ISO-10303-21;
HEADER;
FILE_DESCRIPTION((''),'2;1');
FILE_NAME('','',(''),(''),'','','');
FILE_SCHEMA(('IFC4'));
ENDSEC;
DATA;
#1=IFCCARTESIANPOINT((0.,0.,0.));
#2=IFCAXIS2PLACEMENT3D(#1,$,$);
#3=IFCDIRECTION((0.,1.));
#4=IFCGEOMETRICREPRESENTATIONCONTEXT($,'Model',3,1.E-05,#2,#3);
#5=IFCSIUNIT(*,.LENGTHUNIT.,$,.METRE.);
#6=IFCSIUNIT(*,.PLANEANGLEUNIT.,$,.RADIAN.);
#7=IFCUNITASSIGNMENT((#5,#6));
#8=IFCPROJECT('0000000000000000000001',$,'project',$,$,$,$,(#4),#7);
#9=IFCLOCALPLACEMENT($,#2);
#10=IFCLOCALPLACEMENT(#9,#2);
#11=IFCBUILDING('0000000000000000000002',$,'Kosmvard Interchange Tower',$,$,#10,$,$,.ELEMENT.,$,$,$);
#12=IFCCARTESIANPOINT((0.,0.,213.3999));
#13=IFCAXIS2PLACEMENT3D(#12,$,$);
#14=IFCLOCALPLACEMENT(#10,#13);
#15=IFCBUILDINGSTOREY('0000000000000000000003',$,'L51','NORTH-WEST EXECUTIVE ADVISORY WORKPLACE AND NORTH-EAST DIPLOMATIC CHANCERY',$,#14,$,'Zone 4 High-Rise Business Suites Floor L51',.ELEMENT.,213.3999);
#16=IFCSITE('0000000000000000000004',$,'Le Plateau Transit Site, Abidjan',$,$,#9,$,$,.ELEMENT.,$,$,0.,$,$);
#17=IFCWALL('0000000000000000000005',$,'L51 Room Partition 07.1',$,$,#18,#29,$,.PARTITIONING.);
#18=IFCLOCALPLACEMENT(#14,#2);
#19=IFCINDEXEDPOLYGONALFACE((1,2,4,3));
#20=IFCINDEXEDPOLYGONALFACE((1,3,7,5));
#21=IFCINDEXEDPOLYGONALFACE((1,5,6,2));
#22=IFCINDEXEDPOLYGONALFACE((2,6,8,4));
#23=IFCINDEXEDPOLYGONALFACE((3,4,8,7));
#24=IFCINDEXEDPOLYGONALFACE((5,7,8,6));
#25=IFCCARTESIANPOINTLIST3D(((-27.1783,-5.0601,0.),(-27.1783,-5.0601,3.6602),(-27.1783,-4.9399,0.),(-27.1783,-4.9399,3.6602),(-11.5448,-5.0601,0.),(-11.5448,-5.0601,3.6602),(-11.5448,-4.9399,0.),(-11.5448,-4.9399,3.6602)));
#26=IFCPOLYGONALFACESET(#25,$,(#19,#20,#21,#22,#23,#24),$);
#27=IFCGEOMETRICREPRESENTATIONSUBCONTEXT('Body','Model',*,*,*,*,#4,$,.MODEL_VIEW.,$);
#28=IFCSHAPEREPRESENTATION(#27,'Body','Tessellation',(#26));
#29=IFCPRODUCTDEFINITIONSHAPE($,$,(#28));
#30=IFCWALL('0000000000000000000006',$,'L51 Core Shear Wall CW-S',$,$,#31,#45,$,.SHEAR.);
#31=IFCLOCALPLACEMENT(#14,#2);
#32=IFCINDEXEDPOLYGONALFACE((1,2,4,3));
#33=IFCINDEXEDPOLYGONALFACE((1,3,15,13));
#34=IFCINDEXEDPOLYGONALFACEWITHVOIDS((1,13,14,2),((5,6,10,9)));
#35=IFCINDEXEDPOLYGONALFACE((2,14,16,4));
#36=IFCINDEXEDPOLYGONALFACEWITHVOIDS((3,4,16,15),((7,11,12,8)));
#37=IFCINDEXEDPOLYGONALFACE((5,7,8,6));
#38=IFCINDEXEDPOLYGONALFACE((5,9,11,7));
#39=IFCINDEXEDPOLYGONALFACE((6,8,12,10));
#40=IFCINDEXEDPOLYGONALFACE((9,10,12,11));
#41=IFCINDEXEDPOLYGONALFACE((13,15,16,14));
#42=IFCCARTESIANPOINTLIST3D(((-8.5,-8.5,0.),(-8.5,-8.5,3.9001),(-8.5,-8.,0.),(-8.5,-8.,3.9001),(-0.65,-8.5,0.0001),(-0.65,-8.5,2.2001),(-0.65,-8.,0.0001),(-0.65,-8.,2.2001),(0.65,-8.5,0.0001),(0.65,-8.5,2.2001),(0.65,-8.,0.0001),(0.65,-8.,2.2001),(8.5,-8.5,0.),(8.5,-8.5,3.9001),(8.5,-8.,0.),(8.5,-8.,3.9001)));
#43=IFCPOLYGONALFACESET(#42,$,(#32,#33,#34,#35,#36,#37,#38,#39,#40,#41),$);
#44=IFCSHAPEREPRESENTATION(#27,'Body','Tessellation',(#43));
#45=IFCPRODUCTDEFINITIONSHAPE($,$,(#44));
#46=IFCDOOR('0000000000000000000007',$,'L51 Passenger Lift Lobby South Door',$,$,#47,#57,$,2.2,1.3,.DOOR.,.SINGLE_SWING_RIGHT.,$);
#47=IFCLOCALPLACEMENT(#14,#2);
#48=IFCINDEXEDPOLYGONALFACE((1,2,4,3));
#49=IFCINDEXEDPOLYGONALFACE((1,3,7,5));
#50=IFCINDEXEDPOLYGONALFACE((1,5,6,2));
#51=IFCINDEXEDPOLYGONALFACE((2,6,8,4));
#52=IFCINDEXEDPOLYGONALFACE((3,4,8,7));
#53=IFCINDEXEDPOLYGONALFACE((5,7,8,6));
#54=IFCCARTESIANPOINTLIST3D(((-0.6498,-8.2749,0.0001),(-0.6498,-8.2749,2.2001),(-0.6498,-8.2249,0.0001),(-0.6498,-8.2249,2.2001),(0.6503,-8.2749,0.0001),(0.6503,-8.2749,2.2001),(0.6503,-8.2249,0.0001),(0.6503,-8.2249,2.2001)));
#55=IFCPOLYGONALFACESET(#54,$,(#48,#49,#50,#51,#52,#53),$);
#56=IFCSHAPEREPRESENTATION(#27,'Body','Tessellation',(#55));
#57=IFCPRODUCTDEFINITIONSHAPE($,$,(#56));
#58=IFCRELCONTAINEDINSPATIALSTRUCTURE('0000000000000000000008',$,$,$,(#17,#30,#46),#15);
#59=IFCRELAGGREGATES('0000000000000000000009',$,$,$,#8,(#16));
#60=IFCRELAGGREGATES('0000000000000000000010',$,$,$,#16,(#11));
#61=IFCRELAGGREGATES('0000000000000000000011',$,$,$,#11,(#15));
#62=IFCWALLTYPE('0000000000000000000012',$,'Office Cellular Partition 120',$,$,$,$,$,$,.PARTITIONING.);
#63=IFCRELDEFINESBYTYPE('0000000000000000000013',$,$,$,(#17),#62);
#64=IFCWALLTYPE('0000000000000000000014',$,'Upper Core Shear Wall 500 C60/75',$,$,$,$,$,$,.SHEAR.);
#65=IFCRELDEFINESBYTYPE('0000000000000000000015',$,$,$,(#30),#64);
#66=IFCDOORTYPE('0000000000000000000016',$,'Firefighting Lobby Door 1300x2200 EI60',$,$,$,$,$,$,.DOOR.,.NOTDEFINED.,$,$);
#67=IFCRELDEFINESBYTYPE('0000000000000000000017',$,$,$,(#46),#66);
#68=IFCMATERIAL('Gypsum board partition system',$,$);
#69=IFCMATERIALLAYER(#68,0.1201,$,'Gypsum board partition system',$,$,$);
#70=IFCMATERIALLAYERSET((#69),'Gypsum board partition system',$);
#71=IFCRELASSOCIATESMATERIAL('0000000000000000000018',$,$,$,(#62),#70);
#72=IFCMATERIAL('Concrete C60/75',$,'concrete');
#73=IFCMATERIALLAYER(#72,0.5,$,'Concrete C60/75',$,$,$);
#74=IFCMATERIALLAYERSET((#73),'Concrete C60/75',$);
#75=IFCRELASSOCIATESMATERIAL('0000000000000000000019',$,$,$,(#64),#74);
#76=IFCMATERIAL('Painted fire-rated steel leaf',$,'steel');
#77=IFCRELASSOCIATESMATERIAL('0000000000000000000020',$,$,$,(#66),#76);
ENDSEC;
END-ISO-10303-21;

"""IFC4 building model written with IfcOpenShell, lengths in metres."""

from ifc_helpers import new_model, si_unit, direction, frame, frame_2d, origin, place, context, subcontext, project, spatial, rectangle, extrude, source, transform, mapped, material, layer, layer_set, type_object, element, fill, save


model = new_model("IFC4")

# Units and contexts
model_context = context("Model", 3, precision=1e-05, world=origin(), true_north=direction((0.0, 1.0)))
body_context = subcontext(model_context, "Body", "Model", "MODEL_VIEW")
ifc_project = project(units=[si_unit("LENGTHUNIT", "METRE"), si_unit("PLANEANGLEUNIT", "RADIAN")], contexts=[model_context])

# Site, building, storey
site_placement = place(None, origin())
site = spatial("IfcSite", under=ifc_project, at=site_placement, Name="Le Plateau Transit Site, Abidjan", CompositionType="ELEMENT", RefElevation=0.0)
building_placement = place(site_placement, origin())
building = spatial("IfcBuilding", under=site, at=building_placement, Name="Kosmvard Interchange Tower", CompositionType="ELEMENT")
storey_placement = place(building_placement, frame((0.0, 0.0, 213.3999)))
storey = spatial("IfcBuildingStorey", under=building, at=storey_placement, Name="L51", Description="NORTH-WEST EXECUTIVE ADVISORY WORKPLACE AND NORTH-EAST DIPLOMATIC CHANCERY", LongName="Zone 4 High-Rise Business Suites Floor L51", CompositionType="ELEMENT", Elevation=213.3999)

# Wall
ifc_material_1 = material(Name="Gypsum board partition system")
ifc_layer_1 = layer(ifc_material_1, 0.1201, Name="Gypsum board partition system")
ifc_layer_set_1 = layer_set([ifc_layer_1], Name="Gypsum board partition system")
wall_type_1 = type_object("IfcWallType", Name="Office Cellular Partition 120", PredefinedType="PARTITIONING", material=ifc_layer_set_1)
wall_1_placement = place(storey_placement, frame((-27.1785, -5.0, 0.0), z_axis=(0.0, 0.0, 1.0), x_axis=(1.0, 0.0, 0.0)))
element("IfcWall", 1, at=wall_1_placement, inside=storey, type_object=wall_type_1, Name="L51 Room Partition 07.1", PredefinedType="PARTITIONING", context=body_context, shape_type="SweptSolid", body=[
    extrude(rectangle(XDim=15.6335, YDim=0.1201, at=frame_2d((7.8169, 0.0))), origin(), (0.0, 0.0, 1.0), 3.6602),
])

# Wall, opening, door
ifc_material_2 = material(Name="Concrete C60/75", Category="concrete")
ifc_layer_2 = layer(ifc_material_2, 0.5, Name="Concrete C60/75")
ifc_layer_set_2 = layer_set([ifc_layer_2], Name="Concrete C60/75")
wall_type_2 = type_object("IfcWallType", Name="Upper Core Shear Wall 500 C60/75", PredefinedType="SHEAR", material=ifc_layer_set_2)
wall_2_placement = place(storey_placement, frame((-8.5, -8.25, 0.0), z_axis=(0.0, 0.0, 1.0), x_axis=(1.0, 0.0, 0.0)))
wall_2 = element("IfcWall", 2, at=wall_2_placement, inside=storey, type_object=wall_type_2, Name="L51 Core Shear Wall CW-S", PredefinedType="SHEAR", context=body_context, shape_type="SweptSolid", body=[
    extrude(rectangle(XDim=17.0, YDim=0.5, at=frame_2d((8.5, 0.0))), origin(), (0.0, 0.0, 1.0), 3.9001),
])
opening_1_placement = place(wall_2_placement, frame((7.8501, 0.0, 0.0)))
opening_1 = element("IfcOpeningElement", 3, at=opening_1_placement, cuts=wall_2, PredefinedType="OPENING", context=body_context, shape_type="SweptSolid", body=[
    extrude(rectangle(XDim=1.3, YDim=2.2, at=frame_2d((0.6499, 1.1001))), frame((0.0, 0.26, 0.0), z_axis=(0.0, -1.0, 0.0), x_axis=(1.0, 0.0, 0.0)), (0.0, 0.0, 1.0), 0.52),
])
ifc_material_3 = material(Name="Painted fire-rated steel leaf", Category="steel")
door_type_1 = type_object("IfcDoorType", Name="Firefighting Lobby Door 1300x2200 EI60", OperationType="NOTDEFINED", PredefinedType="DOOR", material=ifc_material_3)
shared_shape_1 = source(origin(), body_context, "Body", "SweptSolid", [
    extrude(rectangle(XDim=1.3, YDim=2.2, at=frame_2d((0.6499, 1.1001))), frame((0.0, 0.0249, 0.0), z_axis=(0.0, -1.0, 0.0), x_axis=(1.0, 0.0, 0.0)), (0.0, 0.0, 1.0), 0.05),
])
door_1_placement = place(opening_1_placement, frame((1.3, 0.0, 0.0), z_axis=(0.0, 0.0, 1.0), x_axis=(-1.0, 0.0, 0.0)))
door_1 = element("IfcDoor", 4, at=door_1_placement, inside=storey, type_object=door_type_1, Name="L51 Passenger Lift Lobby South Door", OperationType="SINGLE_SWING_RIGHT", OverallHeight=2.2, OverallWidth=1.3, PredefinedType="DOOR", context=body_context, shape_type="MappedRepresentation", body=[
    mapped(shared_shape_1, transform((0.0, 0.0, 0.0), scale=1.0)),
])
fill(opening_1, door_1)

save(model, "model.ifc")
